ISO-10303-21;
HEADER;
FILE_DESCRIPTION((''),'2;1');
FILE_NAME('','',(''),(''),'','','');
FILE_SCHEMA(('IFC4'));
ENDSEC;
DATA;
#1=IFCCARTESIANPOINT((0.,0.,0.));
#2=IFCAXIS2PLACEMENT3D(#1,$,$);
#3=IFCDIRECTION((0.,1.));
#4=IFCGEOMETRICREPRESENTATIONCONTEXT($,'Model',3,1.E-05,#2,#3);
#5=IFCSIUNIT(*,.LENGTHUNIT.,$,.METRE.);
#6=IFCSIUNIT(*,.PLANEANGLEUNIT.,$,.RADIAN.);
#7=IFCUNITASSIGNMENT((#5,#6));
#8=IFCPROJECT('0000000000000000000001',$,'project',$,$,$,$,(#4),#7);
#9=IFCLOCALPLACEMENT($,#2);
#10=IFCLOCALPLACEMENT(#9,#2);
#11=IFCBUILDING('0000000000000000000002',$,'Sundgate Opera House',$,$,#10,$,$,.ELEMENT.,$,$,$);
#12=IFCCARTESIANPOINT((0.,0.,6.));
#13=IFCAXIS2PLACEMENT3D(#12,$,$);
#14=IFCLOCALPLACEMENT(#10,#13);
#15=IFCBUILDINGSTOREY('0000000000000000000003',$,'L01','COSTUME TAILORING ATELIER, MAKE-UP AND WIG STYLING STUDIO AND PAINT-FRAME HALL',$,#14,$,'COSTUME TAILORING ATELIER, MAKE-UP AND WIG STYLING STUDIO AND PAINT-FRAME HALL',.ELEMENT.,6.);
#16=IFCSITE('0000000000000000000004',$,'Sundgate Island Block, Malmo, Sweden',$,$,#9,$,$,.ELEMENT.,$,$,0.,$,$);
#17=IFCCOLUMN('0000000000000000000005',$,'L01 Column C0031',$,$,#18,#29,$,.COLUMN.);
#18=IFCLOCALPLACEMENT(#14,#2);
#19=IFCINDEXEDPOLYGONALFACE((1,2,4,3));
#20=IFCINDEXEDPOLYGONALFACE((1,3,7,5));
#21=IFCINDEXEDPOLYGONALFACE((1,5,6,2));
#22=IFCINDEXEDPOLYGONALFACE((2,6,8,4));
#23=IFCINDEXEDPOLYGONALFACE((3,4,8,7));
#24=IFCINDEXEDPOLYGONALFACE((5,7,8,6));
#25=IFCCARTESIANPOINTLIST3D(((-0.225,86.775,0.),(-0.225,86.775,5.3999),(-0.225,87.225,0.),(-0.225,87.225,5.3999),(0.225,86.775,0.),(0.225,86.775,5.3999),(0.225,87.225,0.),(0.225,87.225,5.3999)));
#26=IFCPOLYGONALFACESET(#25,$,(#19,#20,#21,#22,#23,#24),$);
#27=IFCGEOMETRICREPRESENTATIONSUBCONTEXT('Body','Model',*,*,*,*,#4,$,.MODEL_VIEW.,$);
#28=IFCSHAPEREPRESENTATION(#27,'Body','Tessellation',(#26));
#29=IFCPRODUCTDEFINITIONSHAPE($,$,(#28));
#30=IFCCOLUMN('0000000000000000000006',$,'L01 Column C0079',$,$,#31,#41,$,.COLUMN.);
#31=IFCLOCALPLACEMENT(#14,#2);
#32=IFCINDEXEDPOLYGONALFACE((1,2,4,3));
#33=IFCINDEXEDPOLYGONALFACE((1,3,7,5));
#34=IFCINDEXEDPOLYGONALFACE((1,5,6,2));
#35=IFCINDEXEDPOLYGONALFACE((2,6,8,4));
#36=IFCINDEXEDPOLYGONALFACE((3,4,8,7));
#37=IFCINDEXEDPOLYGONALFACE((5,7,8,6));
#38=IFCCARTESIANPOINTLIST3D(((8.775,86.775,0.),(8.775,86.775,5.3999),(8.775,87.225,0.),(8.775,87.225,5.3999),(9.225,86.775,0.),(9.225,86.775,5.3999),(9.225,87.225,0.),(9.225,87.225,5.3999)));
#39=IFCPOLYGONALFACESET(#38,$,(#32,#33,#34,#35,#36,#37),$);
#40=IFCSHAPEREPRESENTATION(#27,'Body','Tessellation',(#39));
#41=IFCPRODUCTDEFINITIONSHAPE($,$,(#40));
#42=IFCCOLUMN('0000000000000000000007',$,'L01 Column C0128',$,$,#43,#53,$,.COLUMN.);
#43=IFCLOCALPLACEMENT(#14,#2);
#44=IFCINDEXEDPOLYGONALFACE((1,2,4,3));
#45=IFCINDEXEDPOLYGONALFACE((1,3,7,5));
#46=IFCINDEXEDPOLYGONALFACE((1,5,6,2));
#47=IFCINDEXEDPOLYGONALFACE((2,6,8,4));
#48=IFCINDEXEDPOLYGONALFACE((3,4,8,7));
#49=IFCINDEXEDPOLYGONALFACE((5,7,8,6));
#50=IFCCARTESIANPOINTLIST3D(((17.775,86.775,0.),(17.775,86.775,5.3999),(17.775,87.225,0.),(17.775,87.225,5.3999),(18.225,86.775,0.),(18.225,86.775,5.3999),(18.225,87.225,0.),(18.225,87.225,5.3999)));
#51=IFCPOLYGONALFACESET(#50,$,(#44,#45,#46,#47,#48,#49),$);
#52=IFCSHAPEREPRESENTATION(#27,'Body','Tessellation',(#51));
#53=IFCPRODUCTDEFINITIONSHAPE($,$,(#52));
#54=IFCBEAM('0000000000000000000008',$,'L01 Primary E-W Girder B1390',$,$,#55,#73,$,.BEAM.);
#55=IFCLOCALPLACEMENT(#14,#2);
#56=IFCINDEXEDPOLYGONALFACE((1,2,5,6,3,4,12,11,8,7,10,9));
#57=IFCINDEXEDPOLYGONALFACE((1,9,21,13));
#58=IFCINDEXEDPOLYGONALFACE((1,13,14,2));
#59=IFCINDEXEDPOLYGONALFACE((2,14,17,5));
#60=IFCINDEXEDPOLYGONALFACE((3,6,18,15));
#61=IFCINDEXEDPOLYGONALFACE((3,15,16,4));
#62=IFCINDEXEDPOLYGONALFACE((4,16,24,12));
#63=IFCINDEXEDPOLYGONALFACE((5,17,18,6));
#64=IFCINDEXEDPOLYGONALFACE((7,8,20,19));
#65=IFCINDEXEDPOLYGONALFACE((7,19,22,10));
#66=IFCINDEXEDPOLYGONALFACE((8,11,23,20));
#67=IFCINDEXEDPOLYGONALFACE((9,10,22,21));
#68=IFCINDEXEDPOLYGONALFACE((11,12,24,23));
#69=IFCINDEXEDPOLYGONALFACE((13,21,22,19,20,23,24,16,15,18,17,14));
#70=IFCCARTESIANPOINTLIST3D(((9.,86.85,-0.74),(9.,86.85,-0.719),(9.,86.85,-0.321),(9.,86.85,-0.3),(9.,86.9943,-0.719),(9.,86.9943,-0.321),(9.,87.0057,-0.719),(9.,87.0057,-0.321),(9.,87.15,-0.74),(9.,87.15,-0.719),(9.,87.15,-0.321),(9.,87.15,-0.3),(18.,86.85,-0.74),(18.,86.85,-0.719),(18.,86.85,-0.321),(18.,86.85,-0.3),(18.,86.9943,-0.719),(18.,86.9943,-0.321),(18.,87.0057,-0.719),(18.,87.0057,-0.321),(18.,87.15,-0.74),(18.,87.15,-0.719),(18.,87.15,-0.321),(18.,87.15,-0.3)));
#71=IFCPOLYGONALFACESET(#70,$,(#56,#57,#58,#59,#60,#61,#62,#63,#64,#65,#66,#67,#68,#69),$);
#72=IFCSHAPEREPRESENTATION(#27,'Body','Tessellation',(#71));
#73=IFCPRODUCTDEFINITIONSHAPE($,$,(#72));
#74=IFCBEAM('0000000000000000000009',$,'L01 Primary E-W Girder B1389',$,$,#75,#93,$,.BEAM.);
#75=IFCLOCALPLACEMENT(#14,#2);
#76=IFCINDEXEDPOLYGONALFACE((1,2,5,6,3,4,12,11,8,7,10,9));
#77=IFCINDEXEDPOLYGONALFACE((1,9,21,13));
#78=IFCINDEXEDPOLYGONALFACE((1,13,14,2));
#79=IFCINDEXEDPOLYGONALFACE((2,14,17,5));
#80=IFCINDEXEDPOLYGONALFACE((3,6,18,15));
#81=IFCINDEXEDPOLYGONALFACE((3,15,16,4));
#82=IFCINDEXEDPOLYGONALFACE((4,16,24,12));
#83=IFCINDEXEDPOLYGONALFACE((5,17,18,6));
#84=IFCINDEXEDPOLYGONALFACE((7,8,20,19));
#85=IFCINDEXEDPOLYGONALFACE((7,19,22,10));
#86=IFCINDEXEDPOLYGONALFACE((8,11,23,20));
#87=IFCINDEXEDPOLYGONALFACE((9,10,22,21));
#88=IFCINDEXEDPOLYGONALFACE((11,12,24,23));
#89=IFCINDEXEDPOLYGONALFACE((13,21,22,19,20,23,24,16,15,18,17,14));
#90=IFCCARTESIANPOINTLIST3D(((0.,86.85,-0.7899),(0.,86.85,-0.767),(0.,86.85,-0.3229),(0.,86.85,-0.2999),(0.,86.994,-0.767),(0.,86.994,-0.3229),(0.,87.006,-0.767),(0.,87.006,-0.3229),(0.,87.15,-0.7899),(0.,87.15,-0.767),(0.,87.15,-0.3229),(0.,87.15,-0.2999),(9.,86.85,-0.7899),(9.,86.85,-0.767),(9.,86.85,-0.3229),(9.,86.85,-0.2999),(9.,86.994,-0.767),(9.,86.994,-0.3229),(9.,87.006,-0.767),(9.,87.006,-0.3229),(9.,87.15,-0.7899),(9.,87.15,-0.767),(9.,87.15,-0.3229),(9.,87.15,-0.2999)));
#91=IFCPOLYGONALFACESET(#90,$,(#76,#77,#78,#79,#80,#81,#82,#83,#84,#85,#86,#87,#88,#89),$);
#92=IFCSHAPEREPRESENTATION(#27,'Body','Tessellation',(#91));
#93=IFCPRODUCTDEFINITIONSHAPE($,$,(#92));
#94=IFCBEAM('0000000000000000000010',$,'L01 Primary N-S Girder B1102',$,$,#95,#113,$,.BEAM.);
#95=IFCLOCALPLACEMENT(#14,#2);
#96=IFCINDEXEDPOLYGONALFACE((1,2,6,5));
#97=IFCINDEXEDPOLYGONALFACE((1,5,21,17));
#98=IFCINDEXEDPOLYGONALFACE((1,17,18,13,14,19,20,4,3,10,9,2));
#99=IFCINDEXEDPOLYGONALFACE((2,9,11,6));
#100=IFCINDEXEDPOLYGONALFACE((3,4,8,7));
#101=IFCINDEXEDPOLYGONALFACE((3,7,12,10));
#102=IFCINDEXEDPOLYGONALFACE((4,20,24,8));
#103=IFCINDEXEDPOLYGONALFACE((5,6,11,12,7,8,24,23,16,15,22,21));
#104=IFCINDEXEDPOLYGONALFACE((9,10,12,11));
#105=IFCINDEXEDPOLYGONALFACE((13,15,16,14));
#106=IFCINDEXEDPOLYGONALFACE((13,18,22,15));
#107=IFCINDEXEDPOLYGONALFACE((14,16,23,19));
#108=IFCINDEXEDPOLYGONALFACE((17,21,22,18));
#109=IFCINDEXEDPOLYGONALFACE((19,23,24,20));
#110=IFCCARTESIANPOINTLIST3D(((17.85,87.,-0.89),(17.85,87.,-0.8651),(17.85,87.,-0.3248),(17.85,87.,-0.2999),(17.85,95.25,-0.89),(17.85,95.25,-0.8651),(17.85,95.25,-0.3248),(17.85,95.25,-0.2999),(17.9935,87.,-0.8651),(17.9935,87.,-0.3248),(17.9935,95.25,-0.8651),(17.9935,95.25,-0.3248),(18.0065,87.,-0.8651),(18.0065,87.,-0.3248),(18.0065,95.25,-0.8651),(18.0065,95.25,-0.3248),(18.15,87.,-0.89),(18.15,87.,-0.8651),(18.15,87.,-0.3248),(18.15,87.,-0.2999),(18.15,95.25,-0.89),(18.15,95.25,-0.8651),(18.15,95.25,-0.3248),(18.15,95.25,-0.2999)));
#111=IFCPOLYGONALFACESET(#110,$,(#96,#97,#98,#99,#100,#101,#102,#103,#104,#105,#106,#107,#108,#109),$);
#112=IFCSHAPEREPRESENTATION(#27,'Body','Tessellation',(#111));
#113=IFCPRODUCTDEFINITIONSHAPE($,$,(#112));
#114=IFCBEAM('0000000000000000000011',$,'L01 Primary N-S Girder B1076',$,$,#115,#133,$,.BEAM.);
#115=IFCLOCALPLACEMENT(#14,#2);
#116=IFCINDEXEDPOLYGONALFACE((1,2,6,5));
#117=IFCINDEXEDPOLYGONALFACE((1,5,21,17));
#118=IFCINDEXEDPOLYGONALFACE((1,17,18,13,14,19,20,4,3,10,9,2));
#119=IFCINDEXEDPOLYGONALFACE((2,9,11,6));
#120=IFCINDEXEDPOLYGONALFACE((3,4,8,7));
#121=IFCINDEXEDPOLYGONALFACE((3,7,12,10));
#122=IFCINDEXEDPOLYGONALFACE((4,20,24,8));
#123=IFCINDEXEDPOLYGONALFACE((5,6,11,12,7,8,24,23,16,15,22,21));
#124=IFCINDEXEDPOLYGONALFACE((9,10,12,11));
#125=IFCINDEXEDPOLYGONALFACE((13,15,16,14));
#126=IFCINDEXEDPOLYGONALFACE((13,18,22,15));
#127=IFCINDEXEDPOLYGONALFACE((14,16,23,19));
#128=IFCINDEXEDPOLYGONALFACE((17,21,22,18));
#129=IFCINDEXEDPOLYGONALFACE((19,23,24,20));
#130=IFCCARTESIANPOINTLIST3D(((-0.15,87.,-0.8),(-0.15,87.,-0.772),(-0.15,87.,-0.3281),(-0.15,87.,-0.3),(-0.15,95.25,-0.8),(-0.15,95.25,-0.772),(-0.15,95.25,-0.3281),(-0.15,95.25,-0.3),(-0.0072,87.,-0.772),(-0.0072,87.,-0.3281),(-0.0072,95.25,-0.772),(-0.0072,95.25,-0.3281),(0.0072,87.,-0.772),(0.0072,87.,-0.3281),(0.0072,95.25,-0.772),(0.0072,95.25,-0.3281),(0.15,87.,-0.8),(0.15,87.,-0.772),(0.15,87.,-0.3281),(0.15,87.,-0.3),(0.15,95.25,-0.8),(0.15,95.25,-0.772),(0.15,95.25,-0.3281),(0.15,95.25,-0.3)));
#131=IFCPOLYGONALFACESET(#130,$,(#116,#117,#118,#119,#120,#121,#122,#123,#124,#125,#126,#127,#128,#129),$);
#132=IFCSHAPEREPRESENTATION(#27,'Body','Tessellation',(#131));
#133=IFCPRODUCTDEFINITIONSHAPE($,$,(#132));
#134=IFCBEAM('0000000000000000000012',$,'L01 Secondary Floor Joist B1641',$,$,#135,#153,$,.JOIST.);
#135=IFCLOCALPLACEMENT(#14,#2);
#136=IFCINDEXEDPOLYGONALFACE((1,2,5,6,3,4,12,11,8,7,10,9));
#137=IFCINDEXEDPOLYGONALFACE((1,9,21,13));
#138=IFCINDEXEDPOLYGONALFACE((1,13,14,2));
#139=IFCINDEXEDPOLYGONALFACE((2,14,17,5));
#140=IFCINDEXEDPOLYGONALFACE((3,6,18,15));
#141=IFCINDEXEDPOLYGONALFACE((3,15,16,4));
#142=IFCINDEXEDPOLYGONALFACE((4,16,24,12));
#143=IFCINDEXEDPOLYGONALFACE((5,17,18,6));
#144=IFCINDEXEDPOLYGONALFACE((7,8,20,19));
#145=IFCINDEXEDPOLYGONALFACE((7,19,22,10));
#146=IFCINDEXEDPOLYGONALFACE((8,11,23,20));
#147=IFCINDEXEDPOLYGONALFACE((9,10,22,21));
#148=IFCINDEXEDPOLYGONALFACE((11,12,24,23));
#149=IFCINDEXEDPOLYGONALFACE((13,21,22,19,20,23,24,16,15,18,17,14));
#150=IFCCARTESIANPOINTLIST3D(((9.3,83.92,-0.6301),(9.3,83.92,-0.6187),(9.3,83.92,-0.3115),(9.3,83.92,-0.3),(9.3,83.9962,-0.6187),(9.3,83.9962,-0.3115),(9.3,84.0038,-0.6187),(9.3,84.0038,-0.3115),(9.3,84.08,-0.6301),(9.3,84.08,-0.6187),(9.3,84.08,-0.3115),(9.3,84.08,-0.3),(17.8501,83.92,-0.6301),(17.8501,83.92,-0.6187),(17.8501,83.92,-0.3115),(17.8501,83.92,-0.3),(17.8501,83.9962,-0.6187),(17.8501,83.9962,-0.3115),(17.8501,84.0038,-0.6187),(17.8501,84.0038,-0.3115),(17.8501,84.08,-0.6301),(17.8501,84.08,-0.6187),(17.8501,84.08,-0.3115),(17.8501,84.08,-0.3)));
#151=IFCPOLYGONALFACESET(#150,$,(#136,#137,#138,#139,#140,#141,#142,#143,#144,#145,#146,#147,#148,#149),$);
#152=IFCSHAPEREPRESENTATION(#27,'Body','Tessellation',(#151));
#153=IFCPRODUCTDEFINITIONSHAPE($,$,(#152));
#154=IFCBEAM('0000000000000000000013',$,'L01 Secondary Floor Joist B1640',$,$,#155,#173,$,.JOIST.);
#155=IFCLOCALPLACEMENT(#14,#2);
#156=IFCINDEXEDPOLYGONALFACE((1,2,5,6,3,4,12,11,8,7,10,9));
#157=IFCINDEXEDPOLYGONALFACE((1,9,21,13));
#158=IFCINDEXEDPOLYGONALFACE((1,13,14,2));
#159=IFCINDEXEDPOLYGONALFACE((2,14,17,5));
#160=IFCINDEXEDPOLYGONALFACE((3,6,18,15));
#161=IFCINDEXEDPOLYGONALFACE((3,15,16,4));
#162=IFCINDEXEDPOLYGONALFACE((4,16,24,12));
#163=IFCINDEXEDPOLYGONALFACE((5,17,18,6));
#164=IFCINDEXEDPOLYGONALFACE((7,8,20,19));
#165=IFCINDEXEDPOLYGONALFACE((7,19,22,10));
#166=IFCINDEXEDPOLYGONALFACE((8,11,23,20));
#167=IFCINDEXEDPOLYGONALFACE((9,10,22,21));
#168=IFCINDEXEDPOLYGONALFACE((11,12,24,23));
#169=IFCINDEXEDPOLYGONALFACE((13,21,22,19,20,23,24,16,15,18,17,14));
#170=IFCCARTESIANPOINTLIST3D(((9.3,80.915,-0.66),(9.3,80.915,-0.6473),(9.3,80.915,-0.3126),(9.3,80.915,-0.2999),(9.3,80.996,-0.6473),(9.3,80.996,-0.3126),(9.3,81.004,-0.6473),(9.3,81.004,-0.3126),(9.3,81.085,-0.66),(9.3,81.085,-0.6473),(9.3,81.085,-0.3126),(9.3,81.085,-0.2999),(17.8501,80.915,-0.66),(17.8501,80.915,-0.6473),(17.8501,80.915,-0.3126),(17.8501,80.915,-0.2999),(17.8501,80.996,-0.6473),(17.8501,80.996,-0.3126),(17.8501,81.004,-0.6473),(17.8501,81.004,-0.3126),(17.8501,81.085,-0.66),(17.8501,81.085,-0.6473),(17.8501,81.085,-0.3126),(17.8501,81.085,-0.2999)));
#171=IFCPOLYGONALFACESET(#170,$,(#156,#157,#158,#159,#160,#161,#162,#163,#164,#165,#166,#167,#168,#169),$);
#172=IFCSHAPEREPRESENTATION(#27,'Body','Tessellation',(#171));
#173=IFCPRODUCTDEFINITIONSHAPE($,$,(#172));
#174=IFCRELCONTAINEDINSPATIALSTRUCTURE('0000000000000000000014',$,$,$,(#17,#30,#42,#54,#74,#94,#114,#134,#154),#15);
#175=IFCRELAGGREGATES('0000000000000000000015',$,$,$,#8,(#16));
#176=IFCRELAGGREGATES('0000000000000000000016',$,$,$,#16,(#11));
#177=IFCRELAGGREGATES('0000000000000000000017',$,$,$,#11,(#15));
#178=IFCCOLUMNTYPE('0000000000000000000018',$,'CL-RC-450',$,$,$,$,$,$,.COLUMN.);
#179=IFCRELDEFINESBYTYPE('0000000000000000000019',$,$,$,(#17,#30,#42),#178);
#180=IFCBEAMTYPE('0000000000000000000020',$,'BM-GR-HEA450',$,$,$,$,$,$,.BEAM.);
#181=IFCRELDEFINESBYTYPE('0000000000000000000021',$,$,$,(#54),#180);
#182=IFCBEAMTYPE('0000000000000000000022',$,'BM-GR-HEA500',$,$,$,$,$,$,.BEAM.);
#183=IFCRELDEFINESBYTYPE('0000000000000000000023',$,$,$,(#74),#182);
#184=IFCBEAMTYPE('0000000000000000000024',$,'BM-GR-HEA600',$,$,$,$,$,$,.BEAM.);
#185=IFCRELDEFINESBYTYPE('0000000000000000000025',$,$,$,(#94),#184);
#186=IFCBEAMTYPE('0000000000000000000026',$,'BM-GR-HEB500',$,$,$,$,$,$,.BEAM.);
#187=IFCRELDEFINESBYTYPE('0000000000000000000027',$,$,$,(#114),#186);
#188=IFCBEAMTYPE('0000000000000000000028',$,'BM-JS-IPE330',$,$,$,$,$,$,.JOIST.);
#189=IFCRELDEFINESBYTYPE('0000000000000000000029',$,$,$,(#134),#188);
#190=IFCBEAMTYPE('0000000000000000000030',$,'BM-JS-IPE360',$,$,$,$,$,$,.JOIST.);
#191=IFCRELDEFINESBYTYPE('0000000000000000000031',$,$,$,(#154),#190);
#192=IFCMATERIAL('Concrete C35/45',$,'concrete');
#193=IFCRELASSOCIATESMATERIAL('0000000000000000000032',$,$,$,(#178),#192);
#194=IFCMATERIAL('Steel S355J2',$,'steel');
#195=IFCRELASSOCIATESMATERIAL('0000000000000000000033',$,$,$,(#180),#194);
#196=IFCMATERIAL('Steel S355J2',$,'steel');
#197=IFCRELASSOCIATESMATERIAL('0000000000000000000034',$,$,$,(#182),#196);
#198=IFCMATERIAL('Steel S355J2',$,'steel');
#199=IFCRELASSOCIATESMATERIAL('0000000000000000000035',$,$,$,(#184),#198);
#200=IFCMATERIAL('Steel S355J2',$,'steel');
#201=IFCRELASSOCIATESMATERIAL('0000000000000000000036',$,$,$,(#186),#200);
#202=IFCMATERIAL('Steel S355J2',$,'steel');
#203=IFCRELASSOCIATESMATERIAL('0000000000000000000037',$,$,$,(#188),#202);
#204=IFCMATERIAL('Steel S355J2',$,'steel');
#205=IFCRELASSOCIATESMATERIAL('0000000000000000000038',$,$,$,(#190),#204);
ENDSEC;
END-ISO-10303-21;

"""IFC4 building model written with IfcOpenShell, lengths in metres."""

from ifc_helpers import new_model, si_unit, direction, frame, origin, origin_2d, place, context, subcontext, project, spatial, rectangle, i_section, extrude, material, material_profile, profile_set, type_object, element, save


model = new_model("IFC4")

# Units and contexts
model_context = context("Model", 3, precision=1e-05, world=origin(), true_north=direction((0.0, 1.0)))
body_context = subcontext(model_context, "Body", "Model", "MODEL_VIEW")
ifc_project = project(units=[si_unit("LENGTHUNIT", "METRE"), si_unit("PLANEANGLEUNIT", "RADIAN")], contexts=[model_context])

# Site, building, storey
site_placement = place(None, origin())
site = spatial("IfcSite", under=ifc_project, at=site_placement, Name="Sundgate Island Block, Malmo, Sweden", CompositionType="ELEMENT", RefElevation=0.0)
building_placement = place(site_placement, origin())
building = spatial("IfcBuilding", under=site, at=building_placement, Name="Sundgate Opera House", CompositionType="ELEMENT")
storey_placement = place(building_placement, frame((0.0, 0.0, 6.0)))
storey = spatial("IfcBuildingStorey", under=building, at=storey_placement, Name="L01", Description="COSTUME TAILORING ATELIER, MAKE-UP AND WIG STYLING STUDIO AND PAINT-FRAME HALL", LongName="COSTUME TAILORING ATELIER, MAKE-UP AND WIG STYLING STUDIO AND PAINT-FRAME HALL", CompositionType="ELEMENT", Elevation=6.0)

# Columns
ifc_material_1 = material(Name="Concrete C35/45", Category="concrete")
ifc_material_profile_1 = material_profile(ifc_material_1, rectangle(XDim=0.45, YDim=0.45, at=origin_2d()), Name="RC 450x450")
ifc_profile_set_1 = profile_set([ifc_material_profile_1], Name="Concrete C35/45")
column_type = type_object("IfcColumnType", Name="CL-RC-450", PredefinedType="COLUMN", material=ifc_profile_set_1)
for number, where, z_axis, x_axis, name in (
    (1, (0.0, 87.0, 0.0), (0.0, 0.0, 1.0), (1.0, 0.0, 0.0), "L01 Column C0031"),
    (2, (9.0, 87.0, 0.0), (0.0, 0.0, 1.0), (1.0, 0.0, 0.0), "L01 Column C0079"),
    (3, (18.0, 87.0, 0.0), (0.0, 0.0, 1.0), (1.0, 0.0, 0.0), "L01 Column C0128"),
):
    element("IfcColumn", number, at=place(storey_placement, frame(where, z_axis=z_axis, x_axis=x_axis)), inside=storey, type_object=column_type, Name=name, PredefinedType="COLUMN", context=body_context, shape_type="SweptSolid", body=[
        extrude(rectangle(XDim=0.45, YDim=0.45, at=origin_2d()), origin(), (0.0, 0.0, 1.0), 5.3999),
    ])

# Beams
ifc_material_2 = material(Name="Steel S355J2", Category="steel")
ifc_material_profile_2 = material_profile(ifc_material_2, i_section(OverallWidth=0.3, OverallDepth=0.4399, WebThickness=0.0115, FlangeThickness=0.021, at=origin_2d()), Name="HEA 450")
ifc_profile_set_2 = profile_set([ifc_material_profile_2], Name="Steel S355J2")
beam_type_1 = type_object("IfcBeamType", Name="BM-GR-HEA450", PredefinedType="BEAM", material=ifc_profile_set_2)
beam_1_placement = place(storey_placement, frame((9.0, 87.0, -0.52), z_axis=(1.0, 0.0, 0.0), x_axis=(0.0, 1.0, 0.0)))
element("IfcBeam", 4, at=beam_1_placement, inside=storey, type_object=beam_type_1, Name="L01 Primary E-W Girder B1390", PredefinedType="BEAM", context=body_context, shape_type="SweptSolid", body=[
    extrude(i_section(OverallWidth=0.3, OverallDepth=0.4399, WebThickness=0.0115, FlangeThickness=0.021, at=origin_2d()), origin(), (0.0, 0.0, 1.0), 9.0),
])
ifc_material_3 = material(Name="Steel S355J2", Category="steel")
ifc_material_profile_3 = material_profile(ifc_material_3, i_section(OverallWidth=0.3, OverallDepth=0.49, WebThickness=0.012, FlangeThickness=0.0229, at=origin_2d()), Name="HEA 500")
ifc_profile_set_3 = profile_set([ifc_material_profile_3], Name="Steel S355J2")
beam_type_2 = type_object("IfcBeamType", Name="BM-GR-HEA500", PredefinedType="BEAM", material=ifc_profile_set_3)
beam_2_placement = place(storey_placement, frame((0.0, 87.0, -0.5449), z_axis=(1.0, 0.0, 0.0), x_axis=(0.0, 1.0, 0.0)))
element("IfcBeam", 5, at=beam_2_placement, inside=storey, type_object=beam_type_2, Name="L01 Primary E-W Girder B1389", PredefinedType="BEAM", context=body_context, shape_type="SweptSolid", body=[
    extrude(i_section(OverallWidth=0.3, OverallDepth=0.49, WebThickness=0.012, FlangeThickness=0.0229, at=origin_2d()), origin(), (0.0, 0.0, 1.0), 9.0),
])
ifc_material_4 = material(Name="Steel S355J2", Category="steel")
ifc_material_profile_4 = material_profile(ifc_material_4, i_section(OverallWidth=0.3, OverallDepth=0.5901, WebThickness=0.0129, FlangeThickness=0.0249, at=origin_2d()), Name="HEA 600")
ifc_profile_set_4 = profile_set([ifc_material_profile_4], Name="Steel S355J2")
beam_type_3 = type_object("IfcBeamType", Name="BM-GR-HEA600", PredefinedType="BEAM", material=ifc_profile_set_4)
beam_3_placement = place(storey_placement, frame((18.0, 87.0, -0.595), z_axis=(0.0, 1.0, 0.0), x_axis=(-1.0, 0.0, 0.0)))
element("IfcBeam", 6, at=beam_3_placement, inside=storey, type_object=beam_type_3, Name="L01 Primary N-S Girder B1102", PredefinedType="BEAM", context=body_context, shape_type="SweptSolid", body=[
    extrude(i_section(OverallWidth=0.3, OverallDepth=0.5901, WebThickness=0.0129, FlangeThickness=0.0249, at=origin_2d()), origin(), (0.0, 0.0, 1.0), 8.25),
])
ifc_material_5 = material(Name="Steel S355J2", Category="steel")
ifc_material_profile_5 = material_profile(ifc_material_5, i_section(OverallWidth=0.3, OverallDepth=0.5, WebThickness=0.0144, FlangeThickness=0.0281, at=origin_2d()), Name="HEB 500")
ifc_profile_set_5 = profile_set([ifc_material_profile_5], Name="Steel S355J2")
beam_type_4 = type_object("IfcBeamType", Name="BM-GR-HEB500", PredefinedType="BEAM", material=ifc_profile_set_5)
beam_4_placement = place(storey_placement, frame((0.0, 87.0, -0.55), z_axis=(0.0, 1.0, 0.0), x_axis=(-1.0, 0.0, 0.0)))
element("IfcBeam", 7, at=beam_4_placement, inside=storey, type_object=beam_type_4, Name="L01 Primary N-S Girder B1076", PredefinedType="BEAM", context=body_context, shape_type="SweptSolid", body=[
    extrude(i_section(OverallWidth=0.3, OverallDepth=0.5, WebThickness=0.0144, FlangeThickness=0.0281, at=origin_2d()), origin(), (0.0, 0.0, 1.0), 8.25),
])
ifc_material_6 = material(Name="Steel S355J2", Category="steel")
ifc_material_profile_6 = material_profile(ifc_material_6, i_section(OverallWidth=0.1599, OverallDepth=0.3301, WebThickness=0.0076, FlangeThickness=0.0115, at=origin_2d()), Name="IPE 330")
ifc_profile_set_6 = profile_set([ifc_material_profile_6], Name="Steel S355J2")
beam_type_5 = type_object("IfcBeamType", Name="BM-JS-IPE330", PredefinedType="JOIST", material=ifc_profile_set_6)
beam_5_placement = place(storey_placement, frame((9.3, 84.0, -0.4651), z_axis=(1.0, 0.0, 0.0), x_axis=(0.0, 1.0, 0.0)))
element("IfcBeam", 8, at=beam_5_placement, inside=storey, type_object=beam_type_5, Name="L01 Secondary Floor Joist B1641", PredefinedType="JOIST", context=body_context, shape_type="SweptSolid", body=[
    extrude(i_section(OverallWidth=0.1599, OverallDepth=0.3301, WebThickness=0.0076, FlangeThickness=0.0115, at=origin_2d()), origin(), (0.0, 0.0, 1.0), 8.55),
])
ifc_material_7 = material(Name="Steel S355J2", Category="steel")
ifc_material_profile_7 = material_profile(ifc_material_7, i_section(OverallWidth=0.1699, OverallDepth=0.3601, WebThickness=0.0081, FlangeThickness=0.0127, at=origin_2d()), Name="IPE 360")
ifc_profile_set_7 = profile_set([ifc_material_profile_7], Name="Steel S355J2")
beam_type_6 = type_object("IfcBeamType", Name="BM-JS-IPE360", PredefinedType="JOIST", material=ifc_profile_set_7)
beam_6_placement = place(storey_placement, frame((9.3, 81.0, -0.48), z_axis=(1.0, 0.0, 0.0), x_axis=(0.0, 1.0, 0.0)))
element("IfcBeam", 9, at=beam_6_placement, inside=storey, type_object=beam_type_6, Name="L01 Secondary Floor Joist B1640", PredefinedType="JOIST", context=body_context, shape_type="SweptSolid", body=[
    extrude(i_section(OverallWidth=0.1699, OverallDepth=0.3601, WebThickness=0.0081, FlangeThickness=0.0127, at=origin_2d()), origin(), (0.0, 0.0, 1.0), 8.55),
])

save(model, "model.ifc")
